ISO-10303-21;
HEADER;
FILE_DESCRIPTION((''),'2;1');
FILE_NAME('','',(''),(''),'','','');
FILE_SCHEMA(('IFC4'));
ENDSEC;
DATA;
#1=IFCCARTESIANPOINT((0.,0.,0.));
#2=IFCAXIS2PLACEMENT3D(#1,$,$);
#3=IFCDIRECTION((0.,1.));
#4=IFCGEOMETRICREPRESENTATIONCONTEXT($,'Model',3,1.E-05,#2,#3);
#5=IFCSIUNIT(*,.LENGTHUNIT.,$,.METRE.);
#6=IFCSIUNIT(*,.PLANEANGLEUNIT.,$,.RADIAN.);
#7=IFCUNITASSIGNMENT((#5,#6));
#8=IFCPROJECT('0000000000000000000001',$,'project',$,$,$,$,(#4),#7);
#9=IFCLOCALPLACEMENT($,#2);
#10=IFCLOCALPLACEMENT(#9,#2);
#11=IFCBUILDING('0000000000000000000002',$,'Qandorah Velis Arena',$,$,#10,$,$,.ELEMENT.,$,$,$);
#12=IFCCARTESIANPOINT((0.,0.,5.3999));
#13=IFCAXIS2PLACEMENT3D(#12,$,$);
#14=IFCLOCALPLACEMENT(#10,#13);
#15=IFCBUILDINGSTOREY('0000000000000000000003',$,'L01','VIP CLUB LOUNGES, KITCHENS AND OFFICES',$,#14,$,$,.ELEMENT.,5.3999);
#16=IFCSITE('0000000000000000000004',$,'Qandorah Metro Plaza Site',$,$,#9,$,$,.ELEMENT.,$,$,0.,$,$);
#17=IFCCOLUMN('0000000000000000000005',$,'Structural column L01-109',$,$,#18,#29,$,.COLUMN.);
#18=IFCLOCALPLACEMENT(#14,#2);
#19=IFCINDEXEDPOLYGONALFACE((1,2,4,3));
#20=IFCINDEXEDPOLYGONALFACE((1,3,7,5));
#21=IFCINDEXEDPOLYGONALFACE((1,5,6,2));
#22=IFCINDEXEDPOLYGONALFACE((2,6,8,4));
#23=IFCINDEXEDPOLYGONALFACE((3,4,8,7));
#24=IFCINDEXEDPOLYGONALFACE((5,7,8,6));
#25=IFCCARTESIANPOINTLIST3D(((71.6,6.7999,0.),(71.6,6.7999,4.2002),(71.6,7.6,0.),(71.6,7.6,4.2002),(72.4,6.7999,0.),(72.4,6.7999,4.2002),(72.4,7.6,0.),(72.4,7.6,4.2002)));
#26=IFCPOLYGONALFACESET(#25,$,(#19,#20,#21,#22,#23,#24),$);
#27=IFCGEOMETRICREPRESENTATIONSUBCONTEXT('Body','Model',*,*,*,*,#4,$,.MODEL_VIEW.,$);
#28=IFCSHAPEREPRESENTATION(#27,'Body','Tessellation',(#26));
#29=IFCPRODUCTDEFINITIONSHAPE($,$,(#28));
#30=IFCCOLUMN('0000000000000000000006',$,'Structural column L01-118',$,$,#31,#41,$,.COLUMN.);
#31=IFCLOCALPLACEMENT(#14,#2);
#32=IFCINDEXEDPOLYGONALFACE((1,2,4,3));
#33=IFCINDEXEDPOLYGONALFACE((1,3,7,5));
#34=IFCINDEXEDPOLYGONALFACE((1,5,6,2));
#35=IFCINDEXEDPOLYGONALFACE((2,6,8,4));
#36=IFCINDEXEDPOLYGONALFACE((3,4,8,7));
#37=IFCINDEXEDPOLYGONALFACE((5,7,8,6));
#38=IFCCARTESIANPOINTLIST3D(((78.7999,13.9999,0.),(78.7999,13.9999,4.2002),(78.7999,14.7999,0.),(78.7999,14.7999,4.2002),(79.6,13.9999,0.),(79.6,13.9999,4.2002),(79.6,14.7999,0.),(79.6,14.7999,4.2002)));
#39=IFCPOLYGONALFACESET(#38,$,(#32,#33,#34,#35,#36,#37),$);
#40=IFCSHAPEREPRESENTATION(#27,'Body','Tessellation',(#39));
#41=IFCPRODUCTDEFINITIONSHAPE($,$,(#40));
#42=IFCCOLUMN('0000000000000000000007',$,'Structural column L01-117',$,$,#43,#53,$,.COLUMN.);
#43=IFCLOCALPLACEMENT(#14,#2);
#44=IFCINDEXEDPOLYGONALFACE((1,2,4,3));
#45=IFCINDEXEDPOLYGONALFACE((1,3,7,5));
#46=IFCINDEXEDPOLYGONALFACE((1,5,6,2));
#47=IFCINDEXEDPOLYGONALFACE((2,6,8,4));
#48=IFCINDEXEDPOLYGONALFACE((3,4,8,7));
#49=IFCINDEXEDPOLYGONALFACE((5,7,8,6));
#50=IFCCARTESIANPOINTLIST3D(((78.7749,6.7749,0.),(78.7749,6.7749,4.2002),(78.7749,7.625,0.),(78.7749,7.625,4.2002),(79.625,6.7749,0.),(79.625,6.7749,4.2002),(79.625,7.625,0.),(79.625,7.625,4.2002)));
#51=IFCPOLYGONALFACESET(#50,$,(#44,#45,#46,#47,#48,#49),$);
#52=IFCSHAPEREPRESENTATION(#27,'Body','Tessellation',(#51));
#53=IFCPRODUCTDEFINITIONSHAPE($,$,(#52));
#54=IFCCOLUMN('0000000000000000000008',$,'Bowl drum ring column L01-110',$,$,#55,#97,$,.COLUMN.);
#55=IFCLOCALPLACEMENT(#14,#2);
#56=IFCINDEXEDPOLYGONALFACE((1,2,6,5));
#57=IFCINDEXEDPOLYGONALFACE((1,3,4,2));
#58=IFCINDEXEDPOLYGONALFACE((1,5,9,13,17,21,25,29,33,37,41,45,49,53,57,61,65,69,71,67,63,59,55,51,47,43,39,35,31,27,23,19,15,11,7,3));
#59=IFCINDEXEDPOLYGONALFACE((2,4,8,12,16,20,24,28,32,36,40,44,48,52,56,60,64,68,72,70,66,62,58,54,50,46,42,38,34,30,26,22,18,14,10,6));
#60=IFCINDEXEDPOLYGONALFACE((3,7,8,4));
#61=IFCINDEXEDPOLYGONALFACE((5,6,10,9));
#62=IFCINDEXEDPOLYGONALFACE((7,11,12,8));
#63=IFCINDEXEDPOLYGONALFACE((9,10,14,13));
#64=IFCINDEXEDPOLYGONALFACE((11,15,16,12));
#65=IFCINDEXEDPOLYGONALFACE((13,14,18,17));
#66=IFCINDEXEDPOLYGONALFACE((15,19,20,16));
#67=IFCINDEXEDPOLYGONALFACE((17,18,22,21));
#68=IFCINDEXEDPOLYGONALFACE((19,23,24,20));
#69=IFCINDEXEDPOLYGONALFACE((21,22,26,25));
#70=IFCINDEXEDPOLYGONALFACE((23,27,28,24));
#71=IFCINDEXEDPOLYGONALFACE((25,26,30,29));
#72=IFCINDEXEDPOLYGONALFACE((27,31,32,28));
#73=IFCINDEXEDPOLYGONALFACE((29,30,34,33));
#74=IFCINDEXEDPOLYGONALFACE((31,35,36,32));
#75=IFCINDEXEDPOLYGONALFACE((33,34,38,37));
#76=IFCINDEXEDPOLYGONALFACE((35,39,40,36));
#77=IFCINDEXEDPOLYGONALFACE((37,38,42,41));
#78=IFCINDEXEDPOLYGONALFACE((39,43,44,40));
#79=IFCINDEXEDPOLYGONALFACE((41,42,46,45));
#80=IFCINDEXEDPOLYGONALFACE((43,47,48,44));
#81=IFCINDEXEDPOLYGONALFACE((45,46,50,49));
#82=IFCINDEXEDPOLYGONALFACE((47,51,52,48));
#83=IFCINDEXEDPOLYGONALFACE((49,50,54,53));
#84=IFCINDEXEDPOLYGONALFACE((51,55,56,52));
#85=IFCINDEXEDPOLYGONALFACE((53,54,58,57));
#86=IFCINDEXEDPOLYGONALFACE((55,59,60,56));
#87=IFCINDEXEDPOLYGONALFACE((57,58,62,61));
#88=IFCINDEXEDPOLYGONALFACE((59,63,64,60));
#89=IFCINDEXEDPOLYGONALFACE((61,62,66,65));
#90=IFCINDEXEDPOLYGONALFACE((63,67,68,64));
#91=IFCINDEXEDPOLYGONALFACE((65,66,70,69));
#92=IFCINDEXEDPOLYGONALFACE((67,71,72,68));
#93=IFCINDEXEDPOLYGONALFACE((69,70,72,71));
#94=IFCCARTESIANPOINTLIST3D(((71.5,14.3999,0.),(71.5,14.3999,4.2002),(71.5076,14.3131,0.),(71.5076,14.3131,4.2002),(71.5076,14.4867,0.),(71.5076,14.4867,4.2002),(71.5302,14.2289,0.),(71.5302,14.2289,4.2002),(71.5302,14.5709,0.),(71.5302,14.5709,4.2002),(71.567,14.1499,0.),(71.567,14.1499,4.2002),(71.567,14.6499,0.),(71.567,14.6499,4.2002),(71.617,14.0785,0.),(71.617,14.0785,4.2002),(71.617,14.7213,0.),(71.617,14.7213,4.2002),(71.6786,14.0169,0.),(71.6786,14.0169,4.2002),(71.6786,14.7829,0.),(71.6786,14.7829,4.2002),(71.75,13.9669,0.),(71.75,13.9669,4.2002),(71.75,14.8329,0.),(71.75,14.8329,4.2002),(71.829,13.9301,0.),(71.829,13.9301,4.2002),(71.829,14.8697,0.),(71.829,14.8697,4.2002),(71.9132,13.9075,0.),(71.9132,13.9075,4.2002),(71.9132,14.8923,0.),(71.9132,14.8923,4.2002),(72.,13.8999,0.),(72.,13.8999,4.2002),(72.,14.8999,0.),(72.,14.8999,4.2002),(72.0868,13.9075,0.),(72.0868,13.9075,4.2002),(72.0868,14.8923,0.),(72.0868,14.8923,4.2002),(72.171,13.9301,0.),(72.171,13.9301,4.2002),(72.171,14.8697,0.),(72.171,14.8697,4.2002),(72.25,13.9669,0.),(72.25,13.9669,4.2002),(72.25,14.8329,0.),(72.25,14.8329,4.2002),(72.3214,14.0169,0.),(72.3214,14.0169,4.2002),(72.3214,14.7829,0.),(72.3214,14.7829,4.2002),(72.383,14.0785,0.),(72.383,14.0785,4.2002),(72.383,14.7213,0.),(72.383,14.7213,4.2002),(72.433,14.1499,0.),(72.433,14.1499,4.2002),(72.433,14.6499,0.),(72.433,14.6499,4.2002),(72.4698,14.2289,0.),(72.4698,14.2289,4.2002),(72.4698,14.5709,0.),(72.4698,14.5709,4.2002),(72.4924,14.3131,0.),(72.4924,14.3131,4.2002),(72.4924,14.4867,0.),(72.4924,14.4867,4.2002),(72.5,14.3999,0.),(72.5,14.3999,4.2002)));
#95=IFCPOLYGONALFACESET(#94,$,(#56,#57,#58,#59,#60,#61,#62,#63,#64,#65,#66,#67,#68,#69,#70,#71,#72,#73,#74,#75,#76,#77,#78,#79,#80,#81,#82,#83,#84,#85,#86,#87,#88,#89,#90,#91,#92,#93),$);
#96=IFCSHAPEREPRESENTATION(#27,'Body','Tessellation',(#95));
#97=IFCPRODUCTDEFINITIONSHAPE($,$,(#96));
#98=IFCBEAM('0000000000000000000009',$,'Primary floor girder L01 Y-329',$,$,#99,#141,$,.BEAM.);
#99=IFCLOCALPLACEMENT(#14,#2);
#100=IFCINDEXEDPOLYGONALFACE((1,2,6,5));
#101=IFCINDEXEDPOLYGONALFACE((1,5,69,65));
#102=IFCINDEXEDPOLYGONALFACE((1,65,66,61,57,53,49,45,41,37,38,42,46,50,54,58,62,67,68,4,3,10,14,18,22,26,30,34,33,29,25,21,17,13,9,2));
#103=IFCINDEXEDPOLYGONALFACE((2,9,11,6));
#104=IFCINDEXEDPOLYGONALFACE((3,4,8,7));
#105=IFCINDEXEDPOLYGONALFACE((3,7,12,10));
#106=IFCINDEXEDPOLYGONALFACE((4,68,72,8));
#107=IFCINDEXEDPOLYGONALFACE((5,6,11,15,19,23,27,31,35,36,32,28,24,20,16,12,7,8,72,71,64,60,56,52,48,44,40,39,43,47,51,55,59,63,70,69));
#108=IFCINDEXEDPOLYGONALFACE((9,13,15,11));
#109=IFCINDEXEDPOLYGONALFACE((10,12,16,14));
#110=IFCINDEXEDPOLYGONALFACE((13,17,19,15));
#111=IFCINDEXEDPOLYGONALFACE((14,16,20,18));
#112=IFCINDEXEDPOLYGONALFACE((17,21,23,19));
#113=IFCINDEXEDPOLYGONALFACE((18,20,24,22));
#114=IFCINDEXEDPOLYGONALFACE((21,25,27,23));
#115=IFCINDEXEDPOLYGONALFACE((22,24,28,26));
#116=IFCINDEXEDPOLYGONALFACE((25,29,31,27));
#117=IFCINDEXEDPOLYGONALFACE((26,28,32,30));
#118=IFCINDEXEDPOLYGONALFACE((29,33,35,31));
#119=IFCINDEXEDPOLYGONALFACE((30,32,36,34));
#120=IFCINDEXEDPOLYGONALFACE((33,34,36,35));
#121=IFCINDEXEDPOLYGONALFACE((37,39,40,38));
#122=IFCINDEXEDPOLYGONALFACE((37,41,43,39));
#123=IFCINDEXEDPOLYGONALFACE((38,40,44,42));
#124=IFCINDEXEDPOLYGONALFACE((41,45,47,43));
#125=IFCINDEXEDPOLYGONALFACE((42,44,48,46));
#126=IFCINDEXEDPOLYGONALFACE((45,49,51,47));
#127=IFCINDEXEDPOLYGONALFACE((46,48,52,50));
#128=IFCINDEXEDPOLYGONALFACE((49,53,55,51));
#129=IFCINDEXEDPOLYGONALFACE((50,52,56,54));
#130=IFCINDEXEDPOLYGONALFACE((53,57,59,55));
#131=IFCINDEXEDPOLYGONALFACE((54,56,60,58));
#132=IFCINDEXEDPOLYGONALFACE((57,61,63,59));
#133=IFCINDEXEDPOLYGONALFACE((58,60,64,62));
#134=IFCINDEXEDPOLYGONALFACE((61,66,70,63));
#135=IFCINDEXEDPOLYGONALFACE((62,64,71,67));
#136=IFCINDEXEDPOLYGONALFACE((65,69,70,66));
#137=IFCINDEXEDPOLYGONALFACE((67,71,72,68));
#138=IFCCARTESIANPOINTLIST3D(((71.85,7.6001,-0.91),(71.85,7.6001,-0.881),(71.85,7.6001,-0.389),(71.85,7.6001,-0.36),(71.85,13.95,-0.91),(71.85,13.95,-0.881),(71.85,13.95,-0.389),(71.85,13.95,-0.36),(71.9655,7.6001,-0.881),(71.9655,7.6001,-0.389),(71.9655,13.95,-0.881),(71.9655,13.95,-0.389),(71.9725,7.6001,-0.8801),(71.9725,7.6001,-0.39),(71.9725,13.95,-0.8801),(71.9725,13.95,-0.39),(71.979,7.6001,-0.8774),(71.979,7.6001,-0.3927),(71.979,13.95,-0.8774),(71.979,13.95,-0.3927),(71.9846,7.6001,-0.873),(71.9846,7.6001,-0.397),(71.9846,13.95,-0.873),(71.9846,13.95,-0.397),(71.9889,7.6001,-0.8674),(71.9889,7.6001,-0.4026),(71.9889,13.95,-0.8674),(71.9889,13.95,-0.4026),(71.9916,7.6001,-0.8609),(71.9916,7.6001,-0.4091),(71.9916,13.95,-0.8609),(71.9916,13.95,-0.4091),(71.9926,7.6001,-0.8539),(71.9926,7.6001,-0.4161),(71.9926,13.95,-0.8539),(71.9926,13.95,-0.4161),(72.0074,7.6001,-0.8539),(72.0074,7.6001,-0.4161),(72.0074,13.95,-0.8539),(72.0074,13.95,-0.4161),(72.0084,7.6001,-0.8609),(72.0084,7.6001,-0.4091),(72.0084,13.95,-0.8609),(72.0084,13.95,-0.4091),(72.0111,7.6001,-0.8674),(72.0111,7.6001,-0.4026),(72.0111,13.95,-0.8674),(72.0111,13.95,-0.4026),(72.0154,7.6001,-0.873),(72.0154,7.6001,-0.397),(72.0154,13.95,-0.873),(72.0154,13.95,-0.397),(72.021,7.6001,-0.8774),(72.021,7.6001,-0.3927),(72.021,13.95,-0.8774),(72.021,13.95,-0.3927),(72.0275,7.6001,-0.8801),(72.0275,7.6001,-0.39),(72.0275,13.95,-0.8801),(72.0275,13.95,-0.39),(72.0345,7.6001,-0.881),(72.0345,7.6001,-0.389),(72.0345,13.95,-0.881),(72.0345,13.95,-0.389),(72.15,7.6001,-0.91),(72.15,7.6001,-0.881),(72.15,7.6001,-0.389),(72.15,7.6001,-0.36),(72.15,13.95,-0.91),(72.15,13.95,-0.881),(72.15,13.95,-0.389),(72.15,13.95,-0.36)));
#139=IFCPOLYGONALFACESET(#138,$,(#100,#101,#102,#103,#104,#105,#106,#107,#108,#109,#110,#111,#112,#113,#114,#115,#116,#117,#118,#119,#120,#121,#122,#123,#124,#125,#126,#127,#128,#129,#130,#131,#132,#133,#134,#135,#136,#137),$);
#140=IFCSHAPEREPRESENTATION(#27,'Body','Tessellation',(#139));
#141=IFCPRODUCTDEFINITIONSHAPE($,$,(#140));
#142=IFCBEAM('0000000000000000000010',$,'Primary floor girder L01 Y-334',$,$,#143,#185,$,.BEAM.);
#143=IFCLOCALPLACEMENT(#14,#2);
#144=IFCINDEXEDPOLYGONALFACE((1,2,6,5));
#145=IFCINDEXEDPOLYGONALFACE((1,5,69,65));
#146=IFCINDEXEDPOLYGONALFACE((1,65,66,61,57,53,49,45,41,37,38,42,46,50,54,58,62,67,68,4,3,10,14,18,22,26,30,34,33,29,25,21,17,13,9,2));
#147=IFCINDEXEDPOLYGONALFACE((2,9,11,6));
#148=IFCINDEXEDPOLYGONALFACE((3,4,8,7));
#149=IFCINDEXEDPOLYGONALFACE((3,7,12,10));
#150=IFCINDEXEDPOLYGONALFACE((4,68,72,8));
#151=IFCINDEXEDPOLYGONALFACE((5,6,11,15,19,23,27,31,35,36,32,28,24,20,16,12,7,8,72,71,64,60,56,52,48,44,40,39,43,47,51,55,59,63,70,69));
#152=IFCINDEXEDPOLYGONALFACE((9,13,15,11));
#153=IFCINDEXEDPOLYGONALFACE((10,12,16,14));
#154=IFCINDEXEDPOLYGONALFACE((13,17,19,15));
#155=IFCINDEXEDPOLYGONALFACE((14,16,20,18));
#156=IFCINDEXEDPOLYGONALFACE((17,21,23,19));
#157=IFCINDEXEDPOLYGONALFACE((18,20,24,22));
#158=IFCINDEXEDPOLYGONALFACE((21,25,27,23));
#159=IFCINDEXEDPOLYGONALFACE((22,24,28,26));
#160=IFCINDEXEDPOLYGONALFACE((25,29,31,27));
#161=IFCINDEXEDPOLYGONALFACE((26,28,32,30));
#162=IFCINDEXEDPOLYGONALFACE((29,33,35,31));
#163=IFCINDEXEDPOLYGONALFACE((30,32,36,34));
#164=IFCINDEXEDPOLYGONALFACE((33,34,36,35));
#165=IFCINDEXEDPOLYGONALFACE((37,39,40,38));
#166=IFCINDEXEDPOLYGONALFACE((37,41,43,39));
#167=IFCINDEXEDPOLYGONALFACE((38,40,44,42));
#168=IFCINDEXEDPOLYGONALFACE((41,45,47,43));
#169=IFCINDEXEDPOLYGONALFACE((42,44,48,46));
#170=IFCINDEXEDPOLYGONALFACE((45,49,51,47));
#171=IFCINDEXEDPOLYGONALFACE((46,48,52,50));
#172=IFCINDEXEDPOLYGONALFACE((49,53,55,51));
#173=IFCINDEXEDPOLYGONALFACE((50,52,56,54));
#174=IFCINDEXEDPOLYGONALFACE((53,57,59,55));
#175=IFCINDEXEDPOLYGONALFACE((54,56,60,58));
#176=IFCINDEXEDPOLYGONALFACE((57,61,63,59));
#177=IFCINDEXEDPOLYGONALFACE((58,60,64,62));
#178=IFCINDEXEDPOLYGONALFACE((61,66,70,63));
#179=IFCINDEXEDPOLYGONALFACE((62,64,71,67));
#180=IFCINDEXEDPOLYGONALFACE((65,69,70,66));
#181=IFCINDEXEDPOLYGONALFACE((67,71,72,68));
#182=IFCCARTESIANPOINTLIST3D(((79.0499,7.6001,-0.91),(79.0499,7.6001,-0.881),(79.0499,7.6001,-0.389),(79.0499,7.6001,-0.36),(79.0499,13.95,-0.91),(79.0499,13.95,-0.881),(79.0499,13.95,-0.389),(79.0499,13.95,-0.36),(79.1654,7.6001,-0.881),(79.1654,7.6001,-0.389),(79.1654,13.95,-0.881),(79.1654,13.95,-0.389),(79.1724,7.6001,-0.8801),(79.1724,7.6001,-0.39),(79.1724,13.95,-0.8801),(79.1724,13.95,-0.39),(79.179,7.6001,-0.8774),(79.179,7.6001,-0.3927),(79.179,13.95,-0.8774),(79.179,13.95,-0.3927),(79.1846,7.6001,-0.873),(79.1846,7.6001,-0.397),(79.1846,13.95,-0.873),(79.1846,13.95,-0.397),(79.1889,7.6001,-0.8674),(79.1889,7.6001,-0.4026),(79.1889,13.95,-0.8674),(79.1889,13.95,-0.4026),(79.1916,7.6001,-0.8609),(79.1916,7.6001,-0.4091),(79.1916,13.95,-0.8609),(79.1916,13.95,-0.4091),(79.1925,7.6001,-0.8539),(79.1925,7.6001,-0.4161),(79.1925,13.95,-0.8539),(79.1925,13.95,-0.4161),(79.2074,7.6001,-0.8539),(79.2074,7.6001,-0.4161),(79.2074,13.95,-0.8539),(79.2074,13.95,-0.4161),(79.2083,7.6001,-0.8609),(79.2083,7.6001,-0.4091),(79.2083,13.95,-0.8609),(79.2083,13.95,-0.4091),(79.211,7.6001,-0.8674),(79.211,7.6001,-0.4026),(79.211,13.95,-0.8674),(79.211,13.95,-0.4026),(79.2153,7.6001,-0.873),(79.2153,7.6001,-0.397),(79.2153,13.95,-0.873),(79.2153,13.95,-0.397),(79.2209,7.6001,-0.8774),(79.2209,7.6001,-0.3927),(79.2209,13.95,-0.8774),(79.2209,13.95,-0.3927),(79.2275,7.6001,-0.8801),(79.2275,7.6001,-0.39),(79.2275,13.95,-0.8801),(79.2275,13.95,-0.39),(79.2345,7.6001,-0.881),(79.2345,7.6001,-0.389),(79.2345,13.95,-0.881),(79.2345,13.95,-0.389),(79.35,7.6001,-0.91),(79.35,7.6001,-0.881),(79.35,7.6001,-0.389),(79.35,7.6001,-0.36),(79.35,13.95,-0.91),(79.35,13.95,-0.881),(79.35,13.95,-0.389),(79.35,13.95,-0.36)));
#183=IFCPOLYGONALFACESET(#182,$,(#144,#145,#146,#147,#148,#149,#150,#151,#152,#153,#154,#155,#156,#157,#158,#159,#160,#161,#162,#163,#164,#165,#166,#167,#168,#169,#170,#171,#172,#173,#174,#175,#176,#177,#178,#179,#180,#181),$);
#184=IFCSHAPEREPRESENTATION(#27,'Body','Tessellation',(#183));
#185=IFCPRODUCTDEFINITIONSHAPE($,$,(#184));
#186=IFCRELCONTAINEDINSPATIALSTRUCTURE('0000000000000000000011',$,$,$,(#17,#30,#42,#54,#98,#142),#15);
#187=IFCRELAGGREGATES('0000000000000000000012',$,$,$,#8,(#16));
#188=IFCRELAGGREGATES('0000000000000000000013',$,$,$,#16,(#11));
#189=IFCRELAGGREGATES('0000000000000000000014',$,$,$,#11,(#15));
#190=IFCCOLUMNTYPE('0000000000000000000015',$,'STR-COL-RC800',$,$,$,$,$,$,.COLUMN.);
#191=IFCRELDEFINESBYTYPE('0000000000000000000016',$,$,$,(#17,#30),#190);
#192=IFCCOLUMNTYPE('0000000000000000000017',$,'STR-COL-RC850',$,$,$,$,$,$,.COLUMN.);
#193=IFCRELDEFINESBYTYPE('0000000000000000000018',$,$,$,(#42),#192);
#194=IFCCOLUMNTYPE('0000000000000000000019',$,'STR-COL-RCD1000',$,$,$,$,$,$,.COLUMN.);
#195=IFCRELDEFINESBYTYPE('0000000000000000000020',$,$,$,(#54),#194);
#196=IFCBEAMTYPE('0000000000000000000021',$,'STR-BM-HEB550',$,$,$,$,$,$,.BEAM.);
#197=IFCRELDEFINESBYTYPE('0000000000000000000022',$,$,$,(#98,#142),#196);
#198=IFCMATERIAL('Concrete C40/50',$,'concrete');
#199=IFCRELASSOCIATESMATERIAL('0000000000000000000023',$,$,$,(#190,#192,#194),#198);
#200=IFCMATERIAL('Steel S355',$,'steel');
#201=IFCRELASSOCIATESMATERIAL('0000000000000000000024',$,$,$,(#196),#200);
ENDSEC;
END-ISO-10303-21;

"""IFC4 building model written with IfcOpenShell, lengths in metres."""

from ifc_helpers import new_model, si_unit, direction, frame, origin, origin_2d, place, context, subcontext, project, spatial, rectangle, circle, i_section, extrude, material, material_profile, profile_set, type_object, element, save


model = new_model("IFC4")

# Units and contexts
model_context = context("Model", 3, precision=1e-05, world=origin(), true_north=direction((0.0, 1.0)))
body_context = subcontext(model_context, "Body", "Model", "MODEL_VIEW")
ifc_project = project(units=[si_unit("LENGTHUNIT", "METRE"), si_unit("PLANEANGLEUNIT", "RADIAN")], contexts=[model_context])

# Site, building, storey
site_placement = place(None, origin())
site = spatial("IfcSite", under=ifc_project, at=site_placement, Name="Qandorah Metro Plaza Site", CompositionType="ELEMENT", RefElevation=0.0)
building_placement = place(site_placement, origin())
building = spatial("IfcBuilding", under=site, at=building_placement, Name="Qandorah Velis Arena", CompositionType="ELEMENT")
storey_placement = place(building_placement, frame((0.0, 0.0, 5.3999)))
storey = spatial("IfcBuildingStorey", under=building, at=storey_placement, Name="L01", Description="VIP CLUB LOUNGES, KITCHENS AND OFFICES", CompositionType="ELEMENT", Elevation=5.3999)

# Columns
ifc_material_1 = material(Name="Concrete C40/50", Category="concrete")
ifc_material_profile_1 = material_profile(ifc_material_1, rectangle(XDim=0.8, YDim=0.8, at=origin_2d()), Name="RC COL 800x800")
ifc_profile_set_1 = profile_set([ifc_material_profile_1], Name="Concrete C40/50")
column_type_1 = type_object("IfcColumnType", Name="STR-COL-RC800", PredefinedType="COLUMN", material=ifc_profile_set_1)
for number, where, z_axis, x_axis, name in (
    (1, (72.0, 7.2, 0.0), (0.0, 0.0, 1.0), (1.0, 0.0, 0.0), "Structural column L01-109"),
    (2, (79.2, 14.3999, 0.0), (0.0, 0.0, 1.0), (1.0, 0.0, 0.0), "Structural column L01-118"),
):
    element("IfcColumn", number, at=place(storey_placement, frame(where, z_axis=z_axis, x_axis=x_axis)), inside=storey, type_object=column_type_1, Name=name, PredefinedType="COLUMN", context=body_context, shape_type="SweptSolid", body=[
        extrude(rectangle(XDim=0.8, YDim=0.8, at=origin_2d()), origin(), (0.0, 0.0, 1.0), 4.2002),
    ])
ifc_material_profile_2 = material_profile(ifc_material_1, rectangle(XDim=0.8501, YDim=0.8501, at=origin_2d()), Name="RC COL 850x850")
ifc_profile_set_2 = profile_set([ifc_material_profile_2], Name="Concrete C40/50")
column_type_2 = type_object("IfcColumnType", Name="STR-COL-RC850", PredefinedType="COLUMN", material=ifc_profile_set_2)
column_1_placement = place(storey_placement, frame((79.2, 7.2, 0.0), z_axis=(0.0, 0.0, 1.0), x_axis=(1.0, 0.0, 0.0)))
element("IfcColumn", 3, at=column_1_placement, inside=storey, type_object=column_type_2, Name="Structural column L01-117", PredefinedType="COLUMN", context=body_context, shape_type="SweptSolid", body=[
    extrude(rectangle(XDim=0.8501, YDim=0.8501, at=origin_2d()), origin(), (0.0, 0.0, 1.0), 4.2002),
])
ifc_material_profile_3 = material_profile(ifc_material_1, circle(Radius=0.5, at=origin_2d()), Name="RC D1000")
ifc_profile_set_3 = profile_set([ifc_material_profile_3], Name="Concrete C40/50")
column_type_3 = type_object("IfcColumnType", Name="STR-COL-RCD1000", PredefinedType="COLUMN", material=ifc_profile_set_3)
column_2_placement = place(storey_placement, frame((72.0, 14.3999, 0.0), z_axis=(0.0, 0.0, 1.0), x_axis=(1.0, 0.0, 0.0)))
element("IfcColumn", 4, at=column_2_placement, inside=storey, type_object=column_type_3, Name="Bowl drum ring column L01-110", PredefinedType="COLUMN", context=body_context, shape_type="SweptSolid", body=[
    extrude(circle(Radius=0.5, at=origin_2d()), origin(), (0.0, 0.0, 1.0), 4.2002),
])

# Beams
ifc_material_2 = material(Name="Steel S355", Category="steel")
ifc_material_profile_4 = material_profile(ifc_material_2, i_section(OverallWidth=0.3, OverallDepth=0.55, WebThickness=0.0149, FlangeThickness=0.0291, FilletRadius=0.0271, at=origin_2d()), Name="HEB 550")
ifc_profile_set_4 = profile_set([ifc_material_profile_4], Name="Steel S355")
beam_type_1 = type_object("IfcBeamType", Name="STR-BM-HEB550", PredefinedType="BEAM", material=ifc_profile_set_4)
for number, where, z_axis, x_axis, name in (
    (5, (72.0, 7.6001, -0.635), (0.0, 1.0, 0.0), (-1.0, 0.0, 0.0), "Primary floor girder L01 Y-329"),
    (6, (79.2, 7.6001, -0.635), (0.0, 1.0, 0.0), (-1.0, 0.0, 0.0), "Primary floor girder L01 Y-334"),
):
    element("IfcBeam", number, at=place(storey_placement, frame(where, z_axis=z_axis, x_axis=x_axis)), inside=storey, type_object=beam_type_1, Name=name, PredefinedType="BEAM", context=body_context, shape_type="SweptSolid", body=[
        extrude(i_section(OverallWidth=0.3, OverallDepth=0.55, WebThickness=0.0149, FlangeThickness=0.0291, FilletRadius=0.0271, at=origin_2d()), origin(), (0.0, 0.0, 1.0), 6.3499),
    ])

save(model, "model.ifc")
